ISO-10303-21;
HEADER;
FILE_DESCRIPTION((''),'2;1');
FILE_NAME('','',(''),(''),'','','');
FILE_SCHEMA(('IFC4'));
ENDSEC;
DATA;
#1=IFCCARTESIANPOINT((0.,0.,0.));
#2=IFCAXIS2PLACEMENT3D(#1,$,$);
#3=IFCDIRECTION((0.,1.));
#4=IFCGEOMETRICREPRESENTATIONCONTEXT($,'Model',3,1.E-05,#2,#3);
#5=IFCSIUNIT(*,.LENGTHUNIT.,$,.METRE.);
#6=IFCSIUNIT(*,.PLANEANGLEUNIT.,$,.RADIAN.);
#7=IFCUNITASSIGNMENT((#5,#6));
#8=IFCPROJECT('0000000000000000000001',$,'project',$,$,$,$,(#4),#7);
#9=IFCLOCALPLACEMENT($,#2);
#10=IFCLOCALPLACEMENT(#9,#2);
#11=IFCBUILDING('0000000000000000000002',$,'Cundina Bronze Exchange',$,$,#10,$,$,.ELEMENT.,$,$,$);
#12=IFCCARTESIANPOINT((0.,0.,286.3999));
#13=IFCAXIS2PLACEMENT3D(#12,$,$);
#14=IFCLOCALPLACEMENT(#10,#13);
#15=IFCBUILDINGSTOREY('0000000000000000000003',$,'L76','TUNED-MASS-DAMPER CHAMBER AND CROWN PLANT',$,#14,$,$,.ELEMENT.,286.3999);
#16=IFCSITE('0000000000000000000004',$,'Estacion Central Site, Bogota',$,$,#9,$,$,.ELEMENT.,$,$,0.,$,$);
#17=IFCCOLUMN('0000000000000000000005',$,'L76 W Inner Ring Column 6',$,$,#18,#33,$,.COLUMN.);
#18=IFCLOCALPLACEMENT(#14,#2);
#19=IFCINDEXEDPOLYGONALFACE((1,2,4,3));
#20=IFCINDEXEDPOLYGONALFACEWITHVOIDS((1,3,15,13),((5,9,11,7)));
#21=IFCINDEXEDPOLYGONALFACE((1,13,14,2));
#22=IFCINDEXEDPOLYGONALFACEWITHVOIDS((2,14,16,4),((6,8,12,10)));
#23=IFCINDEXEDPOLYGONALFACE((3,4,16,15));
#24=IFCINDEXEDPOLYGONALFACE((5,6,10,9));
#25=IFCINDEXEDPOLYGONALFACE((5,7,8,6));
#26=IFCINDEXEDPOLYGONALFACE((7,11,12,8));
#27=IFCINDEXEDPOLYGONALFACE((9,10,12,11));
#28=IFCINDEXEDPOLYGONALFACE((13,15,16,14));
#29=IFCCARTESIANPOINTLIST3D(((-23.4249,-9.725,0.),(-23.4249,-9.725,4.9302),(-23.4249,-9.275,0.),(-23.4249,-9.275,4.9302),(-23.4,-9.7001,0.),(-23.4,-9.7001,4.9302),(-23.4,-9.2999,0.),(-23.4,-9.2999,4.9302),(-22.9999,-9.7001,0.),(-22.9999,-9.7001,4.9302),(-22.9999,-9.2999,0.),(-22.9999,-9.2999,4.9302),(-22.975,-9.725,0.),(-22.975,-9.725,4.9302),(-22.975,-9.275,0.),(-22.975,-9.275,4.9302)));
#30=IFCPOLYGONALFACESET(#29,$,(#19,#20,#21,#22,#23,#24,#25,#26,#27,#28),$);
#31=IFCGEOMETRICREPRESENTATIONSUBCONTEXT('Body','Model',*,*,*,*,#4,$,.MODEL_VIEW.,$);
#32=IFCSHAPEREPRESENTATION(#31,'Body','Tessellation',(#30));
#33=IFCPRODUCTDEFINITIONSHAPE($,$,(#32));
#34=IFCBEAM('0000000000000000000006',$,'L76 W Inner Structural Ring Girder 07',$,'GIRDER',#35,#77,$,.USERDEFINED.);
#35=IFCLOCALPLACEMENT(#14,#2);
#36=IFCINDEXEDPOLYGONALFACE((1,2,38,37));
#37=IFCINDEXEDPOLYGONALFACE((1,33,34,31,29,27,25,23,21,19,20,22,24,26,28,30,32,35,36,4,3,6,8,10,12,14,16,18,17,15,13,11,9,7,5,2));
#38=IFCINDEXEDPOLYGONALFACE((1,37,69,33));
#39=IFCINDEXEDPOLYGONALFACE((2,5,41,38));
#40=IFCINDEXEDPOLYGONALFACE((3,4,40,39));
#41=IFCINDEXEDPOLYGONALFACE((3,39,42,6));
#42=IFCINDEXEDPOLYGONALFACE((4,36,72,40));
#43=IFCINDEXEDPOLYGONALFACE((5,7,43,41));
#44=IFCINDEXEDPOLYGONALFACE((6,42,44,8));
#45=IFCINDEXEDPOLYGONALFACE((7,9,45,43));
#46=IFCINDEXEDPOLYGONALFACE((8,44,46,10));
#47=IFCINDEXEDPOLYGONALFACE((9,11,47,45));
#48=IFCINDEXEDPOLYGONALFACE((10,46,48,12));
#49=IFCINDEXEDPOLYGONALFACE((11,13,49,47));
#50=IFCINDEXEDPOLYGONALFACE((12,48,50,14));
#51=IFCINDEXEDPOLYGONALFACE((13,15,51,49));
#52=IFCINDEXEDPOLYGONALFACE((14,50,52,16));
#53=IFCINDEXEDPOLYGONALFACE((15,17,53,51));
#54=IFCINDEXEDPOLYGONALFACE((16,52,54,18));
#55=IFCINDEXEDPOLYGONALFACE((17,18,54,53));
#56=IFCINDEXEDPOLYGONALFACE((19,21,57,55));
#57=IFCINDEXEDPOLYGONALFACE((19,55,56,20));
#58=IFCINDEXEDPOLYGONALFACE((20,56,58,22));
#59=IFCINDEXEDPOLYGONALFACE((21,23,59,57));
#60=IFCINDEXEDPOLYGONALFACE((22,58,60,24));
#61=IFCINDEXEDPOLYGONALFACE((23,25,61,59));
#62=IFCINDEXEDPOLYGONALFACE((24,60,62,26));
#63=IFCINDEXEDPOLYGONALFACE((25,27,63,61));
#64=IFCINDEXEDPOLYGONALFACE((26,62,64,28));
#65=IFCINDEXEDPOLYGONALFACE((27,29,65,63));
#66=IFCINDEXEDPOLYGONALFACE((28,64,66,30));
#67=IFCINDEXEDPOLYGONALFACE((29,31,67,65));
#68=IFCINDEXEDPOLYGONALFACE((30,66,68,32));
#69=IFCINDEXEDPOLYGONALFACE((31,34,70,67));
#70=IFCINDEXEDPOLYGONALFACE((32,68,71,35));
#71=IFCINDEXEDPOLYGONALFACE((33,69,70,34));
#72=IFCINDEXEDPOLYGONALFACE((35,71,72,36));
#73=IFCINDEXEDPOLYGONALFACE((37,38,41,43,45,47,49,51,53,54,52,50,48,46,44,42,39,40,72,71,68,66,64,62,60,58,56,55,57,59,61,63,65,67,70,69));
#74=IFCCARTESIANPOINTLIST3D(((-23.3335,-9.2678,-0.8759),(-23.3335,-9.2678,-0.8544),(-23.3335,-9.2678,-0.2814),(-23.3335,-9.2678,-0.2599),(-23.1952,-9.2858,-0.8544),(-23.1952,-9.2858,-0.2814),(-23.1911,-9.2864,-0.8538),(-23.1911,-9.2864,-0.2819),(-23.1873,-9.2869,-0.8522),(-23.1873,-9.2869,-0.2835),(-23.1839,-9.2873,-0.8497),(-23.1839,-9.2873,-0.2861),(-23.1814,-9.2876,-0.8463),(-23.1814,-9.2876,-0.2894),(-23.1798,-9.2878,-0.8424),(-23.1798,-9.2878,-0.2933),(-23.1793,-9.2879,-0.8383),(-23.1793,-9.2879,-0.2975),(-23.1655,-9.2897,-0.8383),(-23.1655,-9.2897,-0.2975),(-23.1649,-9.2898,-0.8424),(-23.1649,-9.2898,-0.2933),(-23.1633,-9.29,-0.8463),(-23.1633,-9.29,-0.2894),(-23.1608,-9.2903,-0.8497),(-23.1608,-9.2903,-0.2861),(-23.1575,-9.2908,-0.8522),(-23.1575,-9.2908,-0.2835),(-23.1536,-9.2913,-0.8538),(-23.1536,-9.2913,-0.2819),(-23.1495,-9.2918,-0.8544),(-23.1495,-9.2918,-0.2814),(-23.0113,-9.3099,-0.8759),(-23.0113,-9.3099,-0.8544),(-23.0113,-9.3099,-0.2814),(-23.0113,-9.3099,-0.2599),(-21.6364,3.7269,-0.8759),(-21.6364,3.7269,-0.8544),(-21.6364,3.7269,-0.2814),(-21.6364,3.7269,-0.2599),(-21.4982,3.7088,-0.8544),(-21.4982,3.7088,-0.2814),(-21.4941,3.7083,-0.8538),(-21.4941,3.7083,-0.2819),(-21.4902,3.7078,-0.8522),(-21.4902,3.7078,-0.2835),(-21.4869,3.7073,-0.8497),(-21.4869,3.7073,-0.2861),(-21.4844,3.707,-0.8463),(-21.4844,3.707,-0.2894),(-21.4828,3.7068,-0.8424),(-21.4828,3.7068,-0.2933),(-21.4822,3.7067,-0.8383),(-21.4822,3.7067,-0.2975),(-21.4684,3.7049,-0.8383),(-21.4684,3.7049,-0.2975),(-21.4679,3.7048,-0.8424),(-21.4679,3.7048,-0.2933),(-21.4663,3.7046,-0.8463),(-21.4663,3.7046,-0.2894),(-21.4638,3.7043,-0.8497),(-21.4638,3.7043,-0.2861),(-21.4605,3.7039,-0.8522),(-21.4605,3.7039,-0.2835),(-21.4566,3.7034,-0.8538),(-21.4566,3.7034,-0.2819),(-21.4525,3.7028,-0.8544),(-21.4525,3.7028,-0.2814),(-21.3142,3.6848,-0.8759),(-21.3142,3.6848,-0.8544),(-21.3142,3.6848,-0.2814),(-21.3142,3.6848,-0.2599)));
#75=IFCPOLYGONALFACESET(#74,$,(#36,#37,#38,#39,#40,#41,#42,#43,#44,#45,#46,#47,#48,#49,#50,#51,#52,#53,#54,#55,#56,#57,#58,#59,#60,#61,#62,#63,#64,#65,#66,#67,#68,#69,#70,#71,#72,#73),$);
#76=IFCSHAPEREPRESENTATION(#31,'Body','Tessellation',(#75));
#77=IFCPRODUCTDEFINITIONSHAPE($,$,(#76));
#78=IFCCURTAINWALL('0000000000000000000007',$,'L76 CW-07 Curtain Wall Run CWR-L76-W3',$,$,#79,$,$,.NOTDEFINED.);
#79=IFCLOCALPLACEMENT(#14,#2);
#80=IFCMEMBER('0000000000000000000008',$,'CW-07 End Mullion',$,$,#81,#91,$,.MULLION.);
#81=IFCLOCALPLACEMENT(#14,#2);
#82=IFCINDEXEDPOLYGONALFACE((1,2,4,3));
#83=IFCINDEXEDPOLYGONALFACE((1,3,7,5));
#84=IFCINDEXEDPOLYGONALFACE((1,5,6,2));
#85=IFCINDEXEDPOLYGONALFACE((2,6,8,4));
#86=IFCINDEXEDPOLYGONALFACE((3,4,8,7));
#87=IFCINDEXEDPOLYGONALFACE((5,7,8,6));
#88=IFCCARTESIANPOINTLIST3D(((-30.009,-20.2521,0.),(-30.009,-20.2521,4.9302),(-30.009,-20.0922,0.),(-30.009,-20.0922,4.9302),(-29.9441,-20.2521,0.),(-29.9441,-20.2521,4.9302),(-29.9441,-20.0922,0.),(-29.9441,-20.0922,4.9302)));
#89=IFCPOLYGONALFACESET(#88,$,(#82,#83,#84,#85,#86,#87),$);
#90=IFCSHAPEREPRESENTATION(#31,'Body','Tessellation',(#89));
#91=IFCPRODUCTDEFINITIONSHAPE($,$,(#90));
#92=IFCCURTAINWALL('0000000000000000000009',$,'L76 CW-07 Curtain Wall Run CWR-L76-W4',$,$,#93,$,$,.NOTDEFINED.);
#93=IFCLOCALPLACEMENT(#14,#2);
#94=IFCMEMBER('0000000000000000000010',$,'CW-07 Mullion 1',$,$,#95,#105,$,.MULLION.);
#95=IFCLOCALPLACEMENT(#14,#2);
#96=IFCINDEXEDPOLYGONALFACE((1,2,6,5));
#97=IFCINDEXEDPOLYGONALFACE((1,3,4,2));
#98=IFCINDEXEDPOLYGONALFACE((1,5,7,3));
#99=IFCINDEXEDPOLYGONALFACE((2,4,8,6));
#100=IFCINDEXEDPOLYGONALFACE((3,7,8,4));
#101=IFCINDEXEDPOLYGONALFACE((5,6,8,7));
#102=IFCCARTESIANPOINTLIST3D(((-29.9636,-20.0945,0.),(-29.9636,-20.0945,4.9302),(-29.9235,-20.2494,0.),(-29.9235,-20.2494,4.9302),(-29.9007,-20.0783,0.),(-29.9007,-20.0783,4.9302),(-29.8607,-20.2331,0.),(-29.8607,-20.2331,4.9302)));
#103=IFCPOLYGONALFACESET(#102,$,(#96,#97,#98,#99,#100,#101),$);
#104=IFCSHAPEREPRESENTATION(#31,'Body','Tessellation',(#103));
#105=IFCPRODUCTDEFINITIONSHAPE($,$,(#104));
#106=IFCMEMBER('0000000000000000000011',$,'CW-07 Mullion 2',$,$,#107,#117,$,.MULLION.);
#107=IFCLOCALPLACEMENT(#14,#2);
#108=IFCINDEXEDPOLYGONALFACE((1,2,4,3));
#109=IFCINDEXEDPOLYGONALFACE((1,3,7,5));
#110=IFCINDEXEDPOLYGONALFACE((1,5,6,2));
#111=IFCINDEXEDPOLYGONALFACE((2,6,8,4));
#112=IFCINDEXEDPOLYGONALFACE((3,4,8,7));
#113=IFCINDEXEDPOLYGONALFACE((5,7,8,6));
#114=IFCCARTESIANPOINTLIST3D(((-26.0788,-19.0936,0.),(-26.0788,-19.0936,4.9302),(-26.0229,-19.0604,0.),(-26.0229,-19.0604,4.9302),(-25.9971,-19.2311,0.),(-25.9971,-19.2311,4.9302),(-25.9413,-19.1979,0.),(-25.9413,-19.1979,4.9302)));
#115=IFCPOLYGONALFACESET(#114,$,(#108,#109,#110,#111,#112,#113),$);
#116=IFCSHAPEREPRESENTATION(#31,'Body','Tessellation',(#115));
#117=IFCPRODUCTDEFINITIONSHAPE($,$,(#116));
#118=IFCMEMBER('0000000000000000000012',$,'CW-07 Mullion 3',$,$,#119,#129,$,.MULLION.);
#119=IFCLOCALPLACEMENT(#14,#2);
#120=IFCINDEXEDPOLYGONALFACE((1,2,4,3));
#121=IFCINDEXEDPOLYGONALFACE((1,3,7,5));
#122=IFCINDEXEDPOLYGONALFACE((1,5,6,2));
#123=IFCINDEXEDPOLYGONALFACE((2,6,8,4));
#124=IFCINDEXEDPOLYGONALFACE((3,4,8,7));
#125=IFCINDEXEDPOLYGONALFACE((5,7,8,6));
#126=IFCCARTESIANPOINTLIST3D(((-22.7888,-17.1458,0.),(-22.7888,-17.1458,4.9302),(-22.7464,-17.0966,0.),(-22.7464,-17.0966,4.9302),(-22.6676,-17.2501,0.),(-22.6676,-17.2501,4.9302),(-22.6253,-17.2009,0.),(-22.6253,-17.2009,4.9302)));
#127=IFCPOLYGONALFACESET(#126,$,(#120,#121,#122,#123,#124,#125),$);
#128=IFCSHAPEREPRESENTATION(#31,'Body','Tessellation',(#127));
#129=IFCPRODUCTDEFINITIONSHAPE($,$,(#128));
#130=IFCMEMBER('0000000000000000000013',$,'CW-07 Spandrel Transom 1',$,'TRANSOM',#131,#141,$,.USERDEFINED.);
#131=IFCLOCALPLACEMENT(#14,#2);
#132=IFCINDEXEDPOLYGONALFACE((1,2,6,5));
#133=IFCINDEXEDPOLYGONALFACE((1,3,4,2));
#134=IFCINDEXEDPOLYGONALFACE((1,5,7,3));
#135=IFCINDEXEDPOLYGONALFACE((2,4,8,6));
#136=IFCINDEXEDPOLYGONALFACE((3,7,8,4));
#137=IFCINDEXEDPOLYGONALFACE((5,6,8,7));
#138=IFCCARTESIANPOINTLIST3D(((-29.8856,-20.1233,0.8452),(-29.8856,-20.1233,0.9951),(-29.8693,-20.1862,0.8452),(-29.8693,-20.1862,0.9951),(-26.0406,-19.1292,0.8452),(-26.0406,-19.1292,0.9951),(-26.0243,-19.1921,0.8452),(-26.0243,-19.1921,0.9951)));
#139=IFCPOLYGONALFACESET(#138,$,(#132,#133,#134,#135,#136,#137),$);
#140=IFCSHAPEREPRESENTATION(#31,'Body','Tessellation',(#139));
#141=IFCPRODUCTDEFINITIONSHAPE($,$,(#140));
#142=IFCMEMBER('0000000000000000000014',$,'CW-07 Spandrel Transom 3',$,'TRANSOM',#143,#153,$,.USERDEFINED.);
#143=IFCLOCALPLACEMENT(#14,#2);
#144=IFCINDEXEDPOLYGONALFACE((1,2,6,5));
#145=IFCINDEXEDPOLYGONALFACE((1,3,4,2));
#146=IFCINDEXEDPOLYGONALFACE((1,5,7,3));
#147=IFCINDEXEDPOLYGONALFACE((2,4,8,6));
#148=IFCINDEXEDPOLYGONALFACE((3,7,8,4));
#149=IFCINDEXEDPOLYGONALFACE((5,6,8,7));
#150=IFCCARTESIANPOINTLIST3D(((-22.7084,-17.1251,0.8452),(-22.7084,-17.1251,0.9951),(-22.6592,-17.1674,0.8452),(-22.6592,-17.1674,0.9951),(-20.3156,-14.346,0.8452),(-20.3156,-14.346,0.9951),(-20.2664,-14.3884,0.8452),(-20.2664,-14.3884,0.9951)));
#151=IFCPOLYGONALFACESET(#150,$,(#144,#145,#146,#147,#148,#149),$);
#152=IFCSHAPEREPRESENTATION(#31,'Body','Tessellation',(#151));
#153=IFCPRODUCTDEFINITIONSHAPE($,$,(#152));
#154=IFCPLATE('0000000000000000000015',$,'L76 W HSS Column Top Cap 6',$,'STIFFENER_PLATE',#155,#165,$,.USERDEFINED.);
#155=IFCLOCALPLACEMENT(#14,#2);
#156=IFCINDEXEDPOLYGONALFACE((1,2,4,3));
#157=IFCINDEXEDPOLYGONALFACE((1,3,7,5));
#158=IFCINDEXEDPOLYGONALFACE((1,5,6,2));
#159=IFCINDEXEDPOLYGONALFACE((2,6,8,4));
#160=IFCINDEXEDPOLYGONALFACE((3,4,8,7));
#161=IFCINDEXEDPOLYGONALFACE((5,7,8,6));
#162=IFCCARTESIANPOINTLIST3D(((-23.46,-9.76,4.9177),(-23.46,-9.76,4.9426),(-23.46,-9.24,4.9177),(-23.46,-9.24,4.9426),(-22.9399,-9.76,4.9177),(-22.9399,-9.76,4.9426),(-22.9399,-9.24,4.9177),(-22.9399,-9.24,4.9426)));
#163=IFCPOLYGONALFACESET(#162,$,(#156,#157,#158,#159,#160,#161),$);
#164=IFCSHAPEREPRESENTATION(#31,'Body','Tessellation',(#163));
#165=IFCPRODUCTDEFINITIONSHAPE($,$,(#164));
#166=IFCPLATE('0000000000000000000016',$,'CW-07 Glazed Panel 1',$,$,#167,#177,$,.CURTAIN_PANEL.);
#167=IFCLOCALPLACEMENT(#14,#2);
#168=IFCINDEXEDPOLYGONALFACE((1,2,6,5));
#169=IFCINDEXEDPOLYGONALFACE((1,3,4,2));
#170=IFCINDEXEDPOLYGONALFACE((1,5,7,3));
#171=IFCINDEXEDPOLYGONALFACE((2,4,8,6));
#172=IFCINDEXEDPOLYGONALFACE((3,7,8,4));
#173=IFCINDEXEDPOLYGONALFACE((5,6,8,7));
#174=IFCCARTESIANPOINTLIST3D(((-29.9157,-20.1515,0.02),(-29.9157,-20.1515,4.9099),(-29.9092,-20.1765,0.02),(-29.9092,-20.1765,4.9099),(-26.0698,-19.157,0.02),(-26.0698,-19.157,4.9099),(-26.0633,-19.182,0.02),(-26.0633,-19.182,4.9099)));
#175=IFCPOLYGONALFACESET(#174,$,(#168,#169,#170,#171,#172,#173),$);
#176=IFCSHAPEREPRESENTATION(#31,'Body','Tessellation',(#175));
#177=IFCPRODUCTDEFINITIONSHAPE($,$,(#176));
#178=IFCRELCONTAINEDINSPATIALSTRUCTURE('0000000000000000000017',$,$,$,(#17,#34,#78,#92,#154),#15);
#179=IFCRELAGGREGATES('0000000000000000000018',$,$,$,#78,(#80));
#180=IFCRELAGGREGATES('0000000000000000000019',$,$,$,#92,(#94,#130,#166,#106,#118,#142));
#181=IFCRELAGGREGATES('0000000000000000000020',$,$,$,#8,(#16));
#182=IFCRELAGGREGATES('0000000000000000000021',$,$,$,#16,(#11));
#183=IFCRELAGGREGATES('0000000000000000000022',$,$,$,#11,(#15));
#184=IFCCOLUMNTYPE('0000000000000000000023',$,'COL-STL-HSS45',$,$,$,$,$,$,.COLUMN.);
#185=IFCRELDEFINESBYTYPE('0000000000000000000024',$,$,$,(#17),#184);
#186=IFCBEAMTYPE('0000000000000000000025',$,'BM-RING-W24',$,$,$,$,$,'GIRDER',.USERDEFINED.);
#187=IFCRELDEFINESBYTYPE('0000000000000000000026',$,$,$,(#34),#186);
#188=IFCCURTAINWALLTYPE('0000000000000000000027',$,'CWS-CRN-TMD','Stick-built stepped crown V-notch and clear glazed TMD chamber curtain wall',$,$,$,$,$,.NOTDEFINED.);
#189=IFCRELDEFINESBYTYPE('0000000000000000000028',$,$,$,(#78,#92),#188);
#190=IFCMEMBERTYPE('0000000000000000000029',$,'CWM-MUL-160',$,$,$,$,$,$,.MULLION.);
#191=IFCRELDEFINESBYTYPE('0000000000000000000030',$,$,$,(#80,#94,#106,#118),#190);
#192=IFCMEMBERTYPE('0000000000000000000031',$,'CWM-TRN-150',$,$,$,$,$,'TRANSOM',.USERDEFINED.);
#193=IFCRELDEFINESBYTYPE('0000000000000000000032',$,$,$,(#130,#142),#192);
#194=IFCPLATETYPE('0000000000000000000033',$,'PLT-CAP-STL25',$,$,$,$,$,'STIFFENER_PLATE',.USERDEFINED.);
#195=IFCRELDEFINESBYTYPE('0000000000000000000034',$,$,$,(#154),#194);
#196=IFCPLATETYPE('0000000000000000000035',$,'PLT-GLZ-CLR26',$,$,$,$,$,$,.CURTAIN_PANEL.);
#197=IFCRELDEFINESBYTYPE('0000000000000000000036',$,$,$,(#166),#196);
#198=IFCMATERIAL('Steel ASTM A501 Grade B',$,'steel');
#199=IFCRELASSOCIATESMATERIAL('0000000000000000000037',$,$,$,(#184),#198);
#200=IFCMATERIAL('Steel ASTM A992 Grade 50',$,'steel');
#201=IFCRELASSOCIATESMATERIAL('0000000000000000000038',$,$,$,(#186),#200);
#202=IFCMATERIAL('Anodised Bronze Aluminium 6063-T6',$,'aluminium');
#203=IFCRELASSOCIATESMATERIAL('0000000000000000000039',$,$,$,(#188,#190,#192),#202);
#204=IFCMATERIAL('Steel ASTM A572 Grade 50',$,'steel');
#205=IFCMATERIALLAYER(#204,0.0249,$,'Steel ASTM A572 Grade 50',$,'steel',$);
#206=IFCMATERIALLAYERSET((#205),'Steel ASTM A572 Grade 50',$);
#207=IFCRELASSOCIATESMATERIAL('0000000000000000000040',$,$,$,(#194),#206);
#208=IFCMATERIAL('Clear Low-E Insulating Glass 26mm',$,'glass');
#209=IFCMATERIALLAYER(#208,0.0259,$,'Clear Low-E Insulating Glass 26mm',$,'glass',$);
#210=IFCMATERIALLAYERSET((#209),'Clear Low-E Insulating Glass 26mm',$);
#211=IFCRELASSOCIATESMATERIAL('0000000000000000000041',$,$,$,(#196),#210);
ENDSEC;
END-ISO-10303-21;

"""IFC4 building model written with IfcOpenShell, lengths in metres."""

from ifc_helpers import new_model, si_unit, direction, frame, origin, origin_2d, place, context, subcontext, project, spatial, rectangle, hollow_rectangle, i_section, extrude, material, layer, layer_set, material_profile, profile_set, type_object, element, aggregate, save


model = new_model("IFC4")

# Units and contexts
model_context = context("Model", 3, precision=1e-05, world=origin(), true_north=direction((0.0, 1.0)))
body_context = subcontext(model_context, "Body", "Model", "MODEL_VIEW")
ifc_project = project(units=[si_unit("LENGTHUNIT", "METRE"), si_unit("PLANEANGLEUNIT", "RADIAN")], contexts=[model_context])

# Site, building, storey
site_placement = place(None, origin())
site = spatial("IfcSite", under=ifc_project, at=site_placement, Name="Estacion Central Site, Bogota", CompositionType="ELEMENT", RefElevation=0.0)
building_placement = place(site_placement, origin())
building = spatial("IfcBuilding", under=site, at=building_placement, Name="Cundina Bronze Exchange", CompositionType="ELEMENT")
storey_placement = place(building_placement, frame((0.0, 0.0, 286.3999)))
storey = spatial("IfcBuildingStorey", under=building, at=storey_placement, Name="L76", Description="TUNED-MASS-DAMPER CHAMBER AND CROWN PLANT", CompositionType="ELEMENT", Elevation=286.3999)

# Column
ifc_material_1 = material(Name="Steel ASTM A501 Grade B", Category="steel")
ifc_material_profile_1 = material_profile(ifc_material_1, hollow_rectangle(XDim=0.45, YDim=0.45, WallThickness=0.0249, at=origin_2d()), Name="HSS450X450X25", Category="steel")
ifc_profile_set_1 = profile_set([ifc_material_profile_1], Name="Steel ASTM A501 Grade B")
column_type = type_object("IfcColumnType", Name="COL-STL-HSS45", PredefinedType="COLUMN", material=ifc_profile_set_1)
column_placement = place(storey_placement, frame((-23.2, -9.5, 0.0), z_axis=(0.0, 0.0, 1.0), x_axis=(1.0, 0.0, 0.0)))
element("IfcColumn", 1, at=column_placement, inside=storey, type_object=column_type, Name="L76 W Inner Ring Column 6", PredefinedType="COLUMN", context=body_context, shape_type="SweptSolid", body=[
    extrude(hollow_rectangle(XDim=0.45, YDim=0.45, WallThickness=0.0249, at=origin_2d()), origin(), (0.0, 0.0, 1.0), 4.9302),
])

# Beam
ifc_material_2 = material(Name="Steel ASTM A992 Grade 50", Category="steel")
ifc_material_profile_2 = material_profile(ifc_material_2, i_section(OverallWidth=0.325, OverallDepth=0.616, WebThickness=0.0139, FlangeThickness=0.0215, FilletRadius=0.0161, at=origin_2d()), Name="W24X117", Category="steel")
ifc_profile_set_2 = profile_set([ifc_material_profile_2], Name="Steel ASTM A992 Grade 50")
beam_type = type_object("IfcBeamType", Name="BM-RING-W24", ElementType="GIRDER", PredefinedType="USERDEFINED", material=ifc_profile_set_2)
beam_placement = place(storey_placement, frame((-23.1724, -9.2888, -0.5679), z_axis=(0.129494, 0.99158, 0.0), x_axis=(-0.99158, 0.129494, 0.0)))
element("IfcBeam", 2, at=beam_placement, inside=storey, type_object=beam_type, Name="L76 W Inner Structural Ring Girder 07", ObjectType="GIRDER", PredefinedType="USERDEFINED", context=body_context, shape_type="SweptSolid", body=[
    extrude(i_section(OverallWidth=0.325, OverallDepth=0.616, WebThickness=0.0139, FlangeThickness=0.0215, FilletRadius=0.0161, at=origin_2d()), origin(), (0.0, 0.0, 1.0), 13.105),
])

# Curtain wall, member
ifc_material_3 = material(Name="Anodised Bronze Aluminium 6063-T6", Category="aluminium")
curtain_wall_type = type_object("IfcCurtainWallType", Name="CWS-CRN-TMD", Description="Stick-built stepped crown V-notch and clear glazed TMD chamber curtain wall", PredefinedType="NOTDEFINED", material=ifc_material_3)
curtain_wall_1_placement = place(storey_placement, origin())
curtain_wall_1 = element("IfcCurtainWall", 3, at=curtain_wall_1_placement, inside=storey, type_object=curtain_wall_type, Name="L76 CW-07 Curtain Wall Run CWR-L76-W3", PredefinedType="NOTDEFINED")
ifc_material_profile_3 = material_profile(ifc_material_3, rectangle(XDim=0.0649, YDim=0.1599, at=origin_2d()), Name="AL65X160", Category="aluminium")
ifc_profile_set_3 = profile_set([ifc_material_profile_3], Name="Anodised Bronze Aluminium 6063-T6")
member_type_1 = type_object("IfcMemberType", Name="CWM-MUL-160", PredefinedType="MULLION", material=ifc_profile_set_3)
member_1_placement = place(storey_placement, frame((-29.9766, -20.1721, 0.0), z_axis=(0.0, 0.0, 1.0), x_axis=(1.0, 0.0, 0.0)))
member_1 = element("IfcMember", 4, at=member_1_placement, type_object=member_type_1, Name="CW-07 End Mullion", PredefinedType="MULLION", context=body_context, shape_type="SweptSolid", body=[
    extrude(rectangle(XDim=0.0649, YDim=0.1599, at=origin_2d()), origin(), (0.0, 0.0, 1.0), 4.9302),
])
aggregate(curtain_wall_1, [member_1])

# Curtain wall, members
curtain_wall_2_placement = place(storey_placement, origin())
curtain_wall_2 = element("IfcCurtainWall", 5, at=curtain_wall_2_placement, inside=storey, type_object=curtain_wall_type, Name="L76 CW-07 Curtain Wall Run CWR-L76-W4", PredefinedType="NOTDEFINED")
member_2_placement = place(storey_placement, frame((-29.9121, -20.1638, 0.0), z_axis=(0.0, 0.0, 1.0), x_axis=(0.968148, 0.25038, 0.0)))
member_2 = element("IfcMember", 6, at=member_2_placement, type_object=member_type_1, Name="CW-07 Mullion 1", PredefinedType="MULLION", context=body_context, shape_type="SweptSolid", body=[
    extrude(rectangle(XDim=0.0649, YDim=0.1599, at=origin_2d()), origin(), (0.0, 0.0, 1.0), 4.9302),
])
member_3_placement = place(storey_placement, frame((-26.01, -19.1458, 0.0), z_axis=(0.0, 0.0, 1.0), x_axis=(0.859763, 0.510693, 0.0)))
member_3 = element("IfcMember", 7, at=member_3_placement, type_object=member_type_1, Name="CW-07 Mullion 2", PredefinedType="MULLION", context=body_context, shape_type="SweptSolid", body=[
    extrude(rectangle(XDim=0.0649, YDim=0.1599, at=origin_2d()), origin(), (0.0, 0.0, 1.0), 4.9302),
])
member_4_placement = place(storey_placement, frame((-22.707, -17.1733, 0.0), z_axis=(0.0, 0.0, 1.0), x_axis=(0.652495, 0.757793, 0.0)))
member_4 = element("IfcMember", 8, at=member_4_placement, type_object=member_type_1, Name="CW-07 Mullion 3", PredefinedType="MULLION", context=body_context, shape_type="SweptSolid", body=[
    extrude(rectangle(XDim=0.0649, YDim=0.1599, at=origin_2d()), origin(), (0.0, 0.0, 1.0), 4.9302),
])
ifc_material_profile_4 = material_profile(ifc_material_3, rectangle(XDim=0.0649, YDim=0.1499, at=origin_2d()), Name="AL65X150", Category="aluminium")
ifc_profile_set_4 = profile_set([ifc_material_profile_4], Name="Anodised Bronze Aluminium 6063-T6")
member_type_2 = type_object("IfcMemberType", Name="CWM-TRN-150", ElementType="TRANSOM", PredefinedType="USERDEFINED", material=ifc_profile_set_4)
member_5_placement = place(storey_placement, frame((-29.8774, -20.1548, 0.9202), z_axis=(0.968162, 0.250324, 0.0), x_axis=(-0.250324, 0.968162, 0.0)))
member_5 = element("IfcMember", 9, at=member_5_placement, type_object=member_type_2, Name="CW-07 Spandrel Transom 1", ObjectType="TRANSOM", PredefinedType="USERDEFINED", context=body_context, shape_type="SweptSolid", body=[
    extrude(rectangle(XDim=0.0649, YDim=0.1499, at=origin_2d()), origin(), (0.0, 0.0, 1.0), 3.9714),
])
member_6_placement = place(storey_placement, frame((-22.6838, -17.1462, 0.9202), z_axis=(0.652484, 0.757803, 0.0), x_axis=(-0.757803, 0.652484, 0.0)))
member_6 = element("IfcMember", 10, at=member_6_placement, type_object=member_type_2, Name="CW-07 Spandrel Transom 3", ObjectType="TRANSOM", PredefinedType="USERDEFINED", context=body_context, shape_type="SweptSolid", body=[
    extrude(rectangle(XDim=0.0649, YDim=0.1499, at=origin_2d()), origin(), (0.0, 0.0, 1.0), 3.6672),
])

# Plates
ifc_material_4 = material(Name="Steel ASTM A572 Grade 50", Category="steel")
ifc_layer_1 = layer(ifc_material_4, 0.0249, Name="Steel ASTM A572 Grade 50", Category="steel")
ifc_layer_set_1 = layer_set([ifc_layer_1], Name="Steel ASTM A572 Grade 50")
plate_type_1 = type_object("IfcPlateType", Name="PLT-CAP-STL25", ElementType="STIFFENER_PLATE", PredefinedType="USERDEFINED", material=ifc_layer_set_1)
plate_1_placement = place(storey_placement, frame((-23.2, -9.5, 4.9177), z_axis=(0.0, 0.0, 1.0), x_axis=(1.0, 0.0, 0.0)))
element("IfcPlate", 11, at=plate_1_placement, inside=storey, type_object=plate_type_1, Name="L76 W HSS Column Top Cap 6", ObjectType="STIFFENER_PLATE", PredefinedType="USERDEFINED", context=body_context, shape_type="SweptSolid", body=[
    extrude(rectangle(XDim=0.52, YDim=0.52, at=origin_2d()), origin(), (0.0, 0.0, 1.0), 0.0249),
])
ifc_material_5 = material(Name="Clear Low-E Insulating Glass 26mm", Category="glass")
ifc_layer_2 = layer(ifc_material_5, 0.0259, Name="Clear Low-E Insulating Glass 26mm", Category="glass")
ifc_layer_set_2 = layer_set([ifc_layer_2], Name="Clear Low-E Insulating Glass 26mm")
plate_type_2 = type_object("IfcPlateType", Name="PLT-GLZ-CLR26", PredefinedType="CURTAIN_PANEL", material=ifc_layer_set_2)
plate_2_placement = place(storey_placement, frame((-27.9895, -19.6667, 0.02), z_axis=(0.0, 0.0, 1.0), x_axis=(0.968156, 0.250346, 0.0)))
plate_2 = element("IfcPlate", 12, at=plate_2_placement, type_object=plate_type_2, Name="CW-07 Glazed Panel 1", PredefinedType="CURTAIN_PANEL", context=body_context, shape_type="SweptSolid", body=[
    extrude(rectangle(XDim=3.9724, YDim=0.0259, at=origin_2d()), origin(), (0.0, 0.0, 1.0), 4.8899),
])
aggregate(curtain_wall_2, [member_2, member_5, plate_2, member_3, member_4, member_6])

save(model, "model.ifc")
